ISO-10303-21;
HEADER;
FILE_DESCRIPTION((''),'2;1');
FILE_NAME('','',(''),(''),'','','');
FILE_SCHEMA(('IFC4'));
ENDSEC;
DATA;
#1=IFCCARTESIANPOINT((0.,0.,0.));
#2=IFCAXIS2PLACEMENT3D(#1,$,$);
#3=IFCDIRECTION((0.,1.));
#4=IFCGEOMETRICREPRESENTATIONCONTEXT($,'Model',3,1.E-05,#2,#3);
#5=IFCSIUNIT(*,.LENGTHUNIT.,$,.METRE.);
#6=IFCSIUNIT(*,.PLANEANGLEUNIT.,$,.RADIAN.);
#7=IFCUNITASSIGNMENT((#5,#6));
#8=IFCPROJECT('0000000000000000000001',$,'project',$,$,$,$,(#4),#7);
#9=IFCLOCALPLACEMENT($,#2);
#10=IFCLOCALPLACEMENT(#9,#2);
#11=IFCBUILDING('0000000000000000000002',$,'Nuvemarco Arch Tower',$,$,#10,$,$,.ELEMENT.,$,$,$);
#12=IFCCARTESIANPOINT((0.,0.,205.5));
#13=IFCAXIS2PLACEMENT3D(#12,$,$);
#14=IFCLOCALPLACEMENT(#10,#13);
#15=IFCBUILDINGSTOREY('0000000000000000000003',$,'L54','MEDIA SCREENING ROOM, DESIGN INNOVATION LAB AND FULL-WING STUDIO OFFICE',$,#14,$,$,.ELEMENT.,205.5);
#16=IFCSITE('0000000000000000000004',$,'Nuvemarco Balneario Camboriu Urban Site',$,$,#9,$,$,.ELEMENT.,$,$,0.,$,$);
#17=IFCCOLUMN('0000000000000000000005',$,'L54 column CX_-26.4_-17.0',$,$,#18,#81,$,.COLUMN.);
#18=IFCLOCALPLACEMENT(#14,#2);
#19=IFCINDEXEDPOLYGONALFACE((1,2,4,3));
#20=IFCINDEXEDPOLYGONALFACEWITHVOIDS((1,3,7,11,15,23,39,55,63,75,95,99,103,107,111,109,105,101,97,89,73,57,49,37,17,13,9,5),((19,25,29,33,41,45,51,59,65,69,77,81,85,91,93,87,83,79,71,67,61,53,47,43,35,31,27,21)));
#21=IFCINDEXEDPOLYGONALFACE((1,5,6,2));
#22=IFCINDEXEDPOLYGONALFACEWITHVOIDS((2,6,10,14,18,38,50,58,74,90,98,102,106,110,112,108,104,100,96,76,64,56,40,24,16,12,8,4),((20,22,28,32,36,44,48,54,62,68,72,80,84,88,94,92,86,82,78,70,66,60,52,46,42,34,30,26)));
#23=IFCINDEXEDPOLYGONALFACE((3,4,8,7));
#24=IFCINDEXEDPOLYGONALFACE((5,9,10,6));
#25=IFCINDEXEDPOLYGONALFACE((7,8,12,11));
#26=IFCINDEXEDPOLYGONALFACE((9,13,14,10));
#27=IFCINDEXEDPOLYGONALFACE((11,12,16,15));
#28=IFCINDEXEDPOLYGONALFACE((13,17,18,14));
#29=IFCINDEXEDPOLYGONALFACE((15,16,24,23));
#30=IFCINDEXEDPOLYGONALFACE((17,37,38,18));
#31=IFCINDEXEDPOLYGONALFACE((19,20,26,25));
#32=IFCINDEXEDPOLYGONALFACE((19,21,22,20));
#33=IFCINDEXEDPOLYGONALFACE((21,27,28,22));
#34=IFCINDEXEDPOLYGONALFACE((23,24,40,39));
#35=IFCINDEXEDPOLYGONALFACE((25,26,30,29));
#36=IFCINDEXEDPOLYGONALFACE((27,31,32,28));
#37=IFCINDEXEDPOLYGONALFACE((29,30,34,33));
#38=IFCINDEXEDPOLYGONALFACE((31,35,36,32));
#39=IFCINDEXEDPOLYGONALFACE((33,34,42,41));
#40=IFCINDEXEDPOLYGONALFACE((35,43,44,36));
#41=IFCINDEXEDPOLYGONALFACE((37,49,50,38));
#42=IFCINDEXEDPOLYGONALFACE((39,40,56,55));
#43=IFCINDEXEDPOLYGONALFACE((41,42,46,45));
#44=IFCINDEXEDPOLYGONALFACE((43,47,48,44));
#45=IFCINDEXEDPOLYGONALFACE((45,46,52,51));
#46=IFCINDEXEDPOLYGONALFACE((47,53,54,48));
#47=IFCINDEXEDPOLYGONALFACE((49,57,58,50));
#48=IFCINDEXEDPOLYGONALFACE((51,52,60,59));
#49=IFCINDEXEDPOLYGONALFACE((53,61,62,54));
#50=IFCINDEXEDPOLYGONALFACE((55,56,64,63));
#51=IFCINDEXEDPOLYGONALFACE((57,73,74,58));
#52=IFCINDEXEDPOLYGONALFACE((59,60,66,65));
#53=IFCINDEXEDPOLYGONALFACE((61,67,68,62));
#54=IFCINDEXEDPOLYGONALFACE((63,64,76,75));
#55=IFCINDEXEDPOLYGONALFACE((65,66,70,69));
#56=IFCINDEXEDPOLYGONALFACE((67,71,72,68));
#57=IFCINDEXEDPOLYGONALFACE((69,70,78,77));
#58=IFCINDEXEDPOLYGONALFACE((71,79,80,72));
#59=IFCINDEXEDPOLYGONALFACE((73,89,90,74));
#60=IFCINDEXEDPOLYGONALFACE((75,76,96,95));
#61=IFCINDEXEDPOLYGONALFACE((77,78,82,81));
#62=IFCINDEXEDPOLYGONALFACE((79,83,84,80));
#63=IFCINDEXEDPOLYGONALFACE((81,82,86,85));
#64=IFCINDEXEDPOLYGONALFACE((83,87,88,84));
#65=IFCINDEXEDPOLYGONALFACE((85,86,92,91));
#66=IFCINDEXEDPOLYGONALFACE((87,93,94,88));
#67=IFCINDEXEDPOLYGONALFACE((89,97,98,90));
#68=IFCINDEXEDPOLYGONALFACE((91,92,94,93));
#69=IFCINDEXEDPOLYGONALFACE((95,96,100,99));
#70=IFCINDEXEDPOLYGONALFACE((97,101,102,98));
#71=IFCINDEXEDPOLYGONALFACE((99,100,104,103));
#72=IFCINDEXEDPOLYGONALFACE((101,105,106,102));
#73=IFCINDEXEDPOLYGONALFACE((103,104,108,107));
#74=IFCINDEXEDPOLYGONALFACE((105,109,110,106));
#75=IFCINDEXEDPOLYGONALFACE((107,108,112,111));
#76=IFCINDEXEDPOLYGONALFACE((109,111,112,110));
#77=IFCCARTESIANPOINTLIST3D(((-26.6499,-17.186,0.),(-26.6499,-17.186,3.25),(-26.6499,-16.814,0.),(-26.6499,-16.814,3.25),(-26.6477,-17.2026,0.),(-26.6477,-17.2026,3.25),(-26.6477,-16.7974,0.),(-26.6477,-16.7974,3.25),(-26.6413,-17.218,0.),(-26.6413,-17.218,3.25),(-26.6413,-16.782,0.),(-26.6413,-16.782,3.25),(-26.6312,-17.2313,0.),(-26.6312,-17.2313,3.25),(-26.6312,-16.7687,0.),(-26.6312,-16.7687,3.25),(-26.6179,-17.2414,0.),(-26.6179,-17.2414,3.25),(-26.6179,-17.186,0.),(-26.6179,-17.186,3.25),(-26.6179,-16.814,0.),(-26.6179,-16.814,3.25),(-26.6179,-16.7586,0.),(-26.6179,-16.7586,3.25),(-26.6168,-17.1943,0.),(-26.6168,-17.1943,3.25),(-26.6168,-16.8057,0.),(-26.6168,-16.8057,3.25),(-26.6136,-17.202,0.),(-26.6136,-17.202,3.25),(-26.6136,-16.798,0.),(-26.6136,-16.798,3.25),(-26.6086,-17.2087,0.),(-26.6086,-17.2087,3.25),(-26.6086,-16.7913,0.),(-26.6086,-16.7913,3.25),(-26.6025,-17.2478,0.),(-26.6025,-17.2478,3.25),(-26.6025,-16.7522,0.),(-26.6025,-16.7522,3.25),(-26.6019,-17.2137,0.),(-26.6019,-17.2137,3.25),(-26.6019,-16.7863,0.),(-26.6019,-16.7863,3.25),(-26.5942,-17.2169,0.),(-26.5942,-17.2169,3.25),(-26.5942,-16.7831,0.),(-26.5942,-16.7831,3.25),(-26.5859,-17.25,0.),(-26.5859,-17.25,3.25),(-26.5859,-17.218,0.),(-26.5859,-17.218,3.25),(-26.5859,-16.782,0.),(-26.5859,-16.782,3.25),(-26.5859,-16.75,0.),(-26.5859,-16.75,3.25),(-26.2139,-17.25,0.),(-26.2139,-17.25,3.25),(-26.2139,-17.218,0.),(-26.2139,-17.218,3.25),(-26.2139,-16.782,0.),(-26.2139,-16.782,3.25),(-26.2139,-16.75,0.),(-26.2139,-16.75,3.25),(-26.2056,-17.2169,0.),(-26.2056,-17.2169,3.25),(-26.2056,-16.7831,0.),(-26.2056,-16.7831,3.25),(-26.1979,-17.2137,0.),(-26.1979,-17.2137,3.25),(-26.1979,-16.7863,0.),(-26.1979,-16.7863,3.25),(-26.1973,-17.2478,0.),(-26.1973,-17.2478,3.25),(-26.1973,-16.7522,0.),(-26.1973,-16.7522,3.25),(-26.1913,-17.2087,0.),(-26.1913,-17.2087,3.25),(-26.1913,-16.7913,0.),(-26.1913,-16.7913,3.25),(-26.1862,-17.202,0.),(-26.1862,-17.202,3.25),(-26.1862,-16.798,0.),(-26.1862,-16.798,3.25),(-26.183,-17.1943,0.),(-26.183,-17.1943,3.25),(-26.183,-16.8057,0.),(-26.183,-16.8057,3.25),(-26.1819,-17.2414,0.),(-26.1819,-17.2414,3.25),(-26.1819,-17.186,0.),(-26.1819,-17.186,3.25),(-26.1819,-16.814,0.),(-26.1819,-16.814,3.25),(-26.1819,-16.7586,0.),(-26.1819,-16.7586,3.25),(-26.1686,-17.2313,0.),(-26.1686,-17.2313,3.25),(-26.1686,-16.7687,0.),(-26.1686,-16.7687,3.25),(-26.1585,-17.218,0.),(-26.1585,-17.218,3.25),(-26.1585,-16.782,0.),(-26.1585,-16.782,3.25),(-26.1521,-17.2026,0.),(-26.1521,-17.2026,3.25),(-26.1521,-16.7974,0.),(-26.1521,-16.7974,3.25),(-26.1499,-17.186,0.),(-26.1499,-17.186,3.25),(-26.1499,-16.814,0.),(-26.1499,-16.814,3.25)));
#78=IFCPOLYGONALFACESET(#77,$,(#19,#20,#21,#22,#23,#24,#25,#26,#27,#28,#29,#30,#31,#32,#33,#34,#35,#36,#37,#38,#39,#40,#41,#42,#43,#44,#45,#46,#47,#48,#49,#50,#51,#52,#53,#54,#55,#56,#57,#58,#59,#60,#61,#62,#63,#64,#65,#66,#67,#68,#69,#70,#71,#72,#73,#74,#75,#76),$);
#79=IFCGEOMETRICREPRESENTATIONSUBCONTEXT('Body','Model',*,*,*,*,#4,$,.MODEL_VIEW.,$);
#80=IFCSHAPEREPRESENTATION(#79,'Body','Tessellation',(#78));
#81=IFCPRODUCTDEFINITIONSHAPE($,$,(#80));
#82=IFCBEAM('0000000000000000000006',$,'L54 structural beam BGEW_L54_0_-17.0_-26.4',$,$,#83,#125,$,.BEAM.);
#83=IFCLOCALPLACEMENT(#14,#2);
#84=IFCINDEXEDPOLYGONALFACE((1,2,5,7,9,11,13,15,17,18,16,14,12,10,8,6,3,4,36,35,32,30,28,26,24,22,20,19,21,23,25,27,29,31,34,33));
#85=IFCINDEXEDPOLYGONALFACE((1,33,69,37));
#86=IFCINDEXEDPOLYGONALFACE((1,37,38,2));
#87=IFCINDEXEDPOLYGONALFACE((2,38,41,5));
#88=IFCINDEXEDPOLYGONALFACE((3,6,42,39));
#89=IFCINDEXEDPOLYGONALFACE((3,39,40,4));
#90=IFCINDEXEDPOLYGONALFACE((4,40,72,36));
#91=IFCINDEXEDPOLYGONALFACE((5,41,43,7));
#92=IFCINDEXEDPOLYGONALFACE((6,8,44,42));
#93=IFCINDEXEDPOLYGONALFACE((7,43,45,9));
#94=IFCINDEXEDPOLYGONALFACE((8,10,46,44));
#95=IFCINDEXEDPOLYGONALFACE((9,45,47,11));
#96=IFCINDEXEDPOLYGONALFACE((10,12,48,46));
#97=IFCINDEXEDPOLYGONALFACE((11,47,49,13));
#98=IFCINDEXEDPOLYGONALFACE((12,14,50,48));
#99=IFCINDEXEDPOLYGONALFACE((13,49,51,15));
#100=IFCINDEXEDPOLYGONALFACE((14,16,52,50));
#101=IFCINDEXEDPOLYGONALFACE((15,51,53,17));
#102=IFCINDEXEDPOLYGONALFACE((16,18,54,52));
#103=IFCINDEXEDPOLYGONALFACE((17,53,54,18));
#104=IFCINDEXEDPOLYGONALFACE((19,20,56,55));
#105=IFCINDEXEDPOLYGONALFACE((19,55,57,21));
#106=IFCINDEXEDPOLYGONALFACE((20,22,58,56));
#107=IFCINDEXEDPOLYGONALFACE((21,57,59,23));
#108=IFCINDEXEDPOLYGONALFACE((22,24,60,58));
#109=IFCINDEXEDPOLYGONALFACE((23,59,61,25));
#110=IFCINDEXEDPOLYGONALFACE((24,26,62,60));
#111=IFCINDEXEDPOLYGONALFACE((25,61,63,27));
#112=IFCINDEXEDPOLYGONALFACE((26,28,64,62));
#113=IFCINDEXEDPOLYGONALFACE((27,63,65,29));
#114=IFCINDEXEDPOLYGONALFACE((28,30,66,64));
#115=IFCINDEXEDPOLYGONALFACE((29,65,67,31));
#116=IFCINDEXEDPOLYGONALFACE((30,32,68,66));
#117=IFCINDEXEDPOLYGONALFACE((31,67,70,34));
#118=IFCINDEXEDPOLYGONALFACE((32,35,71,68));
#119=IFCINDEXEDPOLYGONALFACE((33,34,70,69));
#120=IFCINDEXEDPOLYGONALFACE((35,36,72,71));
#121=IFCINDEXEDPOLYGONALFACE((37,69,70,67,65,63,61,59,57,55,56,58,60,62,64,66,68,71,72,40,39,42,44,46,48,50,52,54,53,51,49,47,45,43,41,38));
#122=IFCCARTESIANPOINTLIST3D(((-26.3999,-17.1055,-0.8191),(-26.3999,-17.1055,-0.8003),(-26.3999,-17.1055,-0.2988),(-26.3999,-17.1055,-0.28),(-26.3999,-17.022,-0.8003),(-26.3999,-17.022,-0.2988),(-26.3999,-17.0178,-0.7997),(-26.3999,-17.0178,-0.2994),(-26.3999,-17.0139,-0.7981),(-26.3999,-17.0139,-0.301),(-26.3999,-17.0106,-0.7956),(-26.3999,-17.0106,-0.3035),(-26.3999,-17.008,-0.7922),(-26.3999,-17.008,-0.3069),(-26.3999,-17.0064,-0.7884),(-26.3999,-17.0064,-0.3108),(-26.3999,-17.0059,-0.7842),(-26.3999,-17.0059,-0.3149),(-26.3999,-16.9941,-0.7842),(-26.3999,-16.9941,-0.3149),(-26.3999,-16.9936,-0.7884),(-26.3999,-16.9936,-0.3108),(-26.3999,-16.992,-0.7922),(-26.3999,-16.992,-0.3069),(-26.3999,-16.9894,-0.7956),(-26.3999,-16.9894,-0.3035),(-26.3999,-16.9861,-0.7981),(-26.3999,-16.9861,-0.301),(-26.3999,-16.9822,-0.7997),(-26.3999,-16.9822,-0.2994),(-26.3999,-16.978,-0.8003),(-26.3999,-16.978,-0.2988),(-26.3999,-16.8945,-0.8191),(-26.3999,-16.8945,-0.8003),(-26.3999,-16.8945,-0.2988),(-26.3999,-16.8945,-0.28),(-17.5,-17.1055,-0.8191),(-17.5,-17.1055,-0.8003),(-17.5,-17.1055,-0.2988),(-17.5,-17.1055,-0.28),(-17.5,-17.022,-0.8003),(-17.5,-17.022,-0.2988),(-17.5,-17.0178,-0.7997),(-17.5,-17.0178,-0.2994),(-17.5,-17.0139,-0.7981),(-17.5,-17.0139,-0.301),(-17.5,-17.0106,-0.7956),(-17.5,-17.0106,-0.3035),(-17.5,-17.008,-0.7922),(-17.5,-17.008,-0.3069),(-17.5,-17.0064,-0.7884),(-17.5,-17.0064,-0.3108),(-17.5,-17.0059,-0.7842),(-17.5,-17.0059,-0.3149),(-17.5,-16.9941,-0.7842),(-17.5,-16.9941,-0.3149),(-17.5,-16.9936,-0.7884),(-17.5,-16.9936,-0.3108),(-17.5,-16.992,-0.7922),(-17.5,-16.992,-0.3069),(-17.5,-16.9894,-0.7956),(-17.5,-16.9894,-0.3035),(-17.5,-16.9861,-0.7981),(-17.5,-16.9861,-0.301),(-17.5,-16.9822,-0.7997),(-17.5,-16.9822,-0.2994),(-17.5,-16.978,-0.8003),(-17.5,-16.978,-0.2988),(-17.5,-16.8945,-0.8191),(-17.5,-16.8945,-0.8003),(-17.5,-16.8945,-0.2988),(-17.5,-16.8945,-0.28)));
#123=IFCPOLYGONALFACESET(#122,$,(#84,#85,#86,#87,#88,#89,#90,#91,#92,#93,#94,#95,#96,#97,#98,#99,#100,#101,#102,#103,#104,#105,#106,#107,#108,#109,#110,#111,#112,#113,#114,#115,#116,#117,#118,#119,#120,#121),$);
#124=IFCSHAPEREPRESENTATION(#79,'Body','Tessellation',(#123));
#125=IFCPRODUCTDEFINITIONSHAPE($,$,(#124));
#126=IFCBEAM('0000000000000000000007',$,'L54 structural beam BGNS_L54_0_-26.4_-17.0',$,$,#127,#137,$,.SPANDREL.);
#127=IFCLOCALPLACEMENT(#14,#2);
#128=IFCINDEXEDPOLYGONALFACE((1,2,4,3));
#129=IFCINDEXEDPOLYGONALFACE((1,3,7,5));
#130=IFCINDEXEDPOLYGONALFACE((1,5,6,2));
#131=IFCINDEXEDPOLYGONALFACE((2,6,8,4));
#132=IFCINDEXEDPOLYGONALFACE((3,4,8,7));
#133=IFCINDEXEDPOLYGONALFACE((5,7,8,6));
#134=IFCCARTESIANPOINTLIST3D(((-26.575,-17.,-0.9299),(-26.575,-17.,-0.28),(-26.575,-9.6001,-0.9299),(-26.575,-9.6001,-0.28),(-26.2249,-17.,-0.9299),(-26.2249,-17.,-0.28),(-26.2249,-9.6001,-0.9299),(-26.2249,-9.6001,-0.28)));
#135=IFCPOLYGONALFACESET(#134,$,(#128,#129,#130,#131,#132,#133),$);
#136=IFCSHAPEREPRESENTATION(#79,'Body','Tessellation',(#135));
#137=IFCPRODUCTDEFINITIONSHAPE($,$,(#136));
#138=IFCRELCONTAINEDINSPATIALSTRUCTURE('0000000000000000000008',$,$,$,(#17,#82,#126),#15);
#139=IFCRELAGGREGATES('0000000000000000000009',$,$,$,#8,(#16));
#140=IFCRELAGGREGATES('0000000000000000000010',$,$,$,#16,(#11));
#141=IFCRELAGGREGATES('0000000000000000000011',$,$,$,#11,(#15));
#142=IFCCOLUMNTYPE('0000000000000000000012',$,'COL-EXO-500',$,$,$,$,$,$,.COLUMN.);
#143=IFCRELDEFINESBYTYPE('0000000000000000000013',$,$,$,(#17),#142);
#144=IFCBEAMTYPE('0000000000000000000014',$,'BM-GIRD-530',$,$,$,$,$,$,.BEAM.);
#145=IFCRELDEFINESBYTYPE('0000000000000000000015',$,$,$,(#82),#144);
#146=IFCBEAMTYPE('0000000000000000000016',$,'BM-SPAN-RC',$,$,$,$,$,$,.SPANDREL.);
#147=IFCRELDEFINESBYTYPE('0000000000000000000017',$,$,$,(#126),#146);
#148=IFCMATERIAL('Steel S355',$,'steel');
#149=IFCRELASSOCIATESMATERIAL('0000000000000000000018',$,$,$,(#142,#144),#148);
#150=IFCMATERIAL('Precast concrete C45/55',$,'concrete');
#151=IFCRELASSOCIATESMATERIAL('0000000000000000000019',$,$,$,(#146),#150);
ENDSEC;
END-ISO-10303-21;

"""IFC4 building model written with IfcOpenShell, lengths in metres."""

from ifc_helpers import new_model, si_unit, direction, frame, origin, origin_2d, place, context, subcontext, project, spatial, rectangle, hollow_rectangle, i_section, extrude, material, material_profile, profile_set, type_object, element, save


model = new_model("IFC4")

# Units and contexts
model_context = context("Model", 3, precision=1e-05, world=origin(), true_north=direction((0.0, 1.0)))
body_context = subcontext(model_context, "Body", "Model", "MODEL_VIEW")
ifc_project = project(units=[si_unit("LENGTHUNIT", "METRE"), si_unit("PLANEANGLEUNIT", "RADIAN")], contexts=[model_context])

# Site, building, storey
site_placement = place(None, origin())
site = spatial("IfcSite", under=ifc_project, at=site_placement, Name="Nuvemarco Balneario Camboriu Urban Site", CompositionType="ELEMENT", RefElevation=0.0)
building_placement = place(site_placement, origin())
building = spatial("IfcBuilding", under=site, at=building_placement, Name="Nuvemarco Arch Tower", CompositionType="ELEMENT")
storey_placement = place(building_placement, frame((0.0, 0.0, 205.5)))
storey = spatial("IfcBuildingStorey", under=building, at=storey_placement, Name="L54", Description="MEDIA SCREENING ROOM, DESIGN INNOVATION LAB AND FULL-WING STUDIO OFFICE", CompositionType="ELEMENT", Elevation=205.5)

# Column
ifc_material_1 = material(Name="Steel S355", Category="steel")
ifc_material_profile_1 = material_profile(ifc_material_1, hollow_rectangle(XDim=0.5, YDim=0.5, WallThickness=0.032, InnerFilletRadius=0.032, OuterFilletRadius=0.064, at=origin_2d()), Name="SHS500x500x32")
ifc_profile_set_1 = profile_set([ifc_material_profile_1], Name="Steel S355")
column_type = type_object("IfcColumnType", Name="COL-EXO-500", PredefinedType="COLUMN", material=ifc_profile_set_1)
column_placement = place(storey_placement, frame((-26.3999, -17.0, 0.0), z_axis=(0.0, 0.0, 1.0), x_axis=(1.0, 0.0, 0.0)))
element("IfcColumn", 1, at=column_placement, inside=storey, type_object=column_type, Name="L54 column CX_-26.4_-17.0", PredefinedType="COLUMN", context=body_context, shape_type="SweptSolid", body=[
    extrude(hollow_rectangle(XDim=0.5, YDim=0.5, WallThickness=0.032, InnerFilletRadius=0.032, OuterFilletRadius=0.064, at=origin_2d()), origin(), (0.0, 0.0, 1.0), 3.25),
])

# Beams
ifc_material_profile_2 = material_profile(ifc_material_1, i_section(OverallWidth=0.2109, OverallDepth=0.5391, WebThickness=0.0117, FlangeThickness=0.0188, FilletRadius=0.0161, at=origin_2d()), Name="W530x109")
ifc_profile_set_2 = profile_set([ifc_material_profile_2], Name="Steel S355")
beam_type_1 = type_object("IfcBeamType", Name="BM-GIRD-530", PredefinedType="BEAM", material=ifc_profile_set_2)
beam_1_placement = place(storey_placement, frame((-26.3999, -17.0, -0.5496), z_axis=(1.0, 0.0, 0.0), x_axis=(0.0, 1.0, 0.0)))
element("IfcBeam", 2, at=beam_1_placement, inside=storey, type_object=beam_type_1, Name="L54 structural beam BGEW_L54_0_-17.0_-26.4", PredefinedType="BEAM", context=body_context, shape_type="SweptSolid", body=[
    extrude(i_section(OverallWidth=0.2109, OverallDepth=0.5391, WebThickness=0.0117, FlangeThickness=0.0188, FilletRadius=0.0161, at=origin_2d()), origin(), (0.0, 0.0, 1.0), 8.8999),
])
ifc_material_2 = material(Name="Precast concrete C45/55", Category="concrete")
ifc_material_profile_3 = material_profile(ifc_material_2, rectangle(XDim=0.3501, YDim=0.6499, at=origin_2d()), Name="PC-SP-350x650")
ifc_profile_set_3 = profile_set([ifc_material_profile_3], Name="Precast concrete C45/55")
beam_type_2 = type_object("IfcBeamType", Name="BM-SPAN-RC", PredefinedType="SPANDREL", material=ifc_profile_set_3)
beam_2_placement = place(storey_placement, frame((-26.3999, -17.0, -0.605), z_axis=(0.0, 1.0, 0.0), x_axis=(-1.0, 0.0, 0.0)))
element("IfcBeam", 3, at=beam_2_placement, inside=storey, type_object=beam_type_2, Name="L54 structural beam BGNS_L54_0_-26.4_-17.0", PredefinedType="SPANDREL", context=body_context, shape_type="SweptSolid", body=[
    extrude(rectangle(XDim=0.3501, YDim=0.6499, at=origin_2d()), origin(), (0.0, 0.0, 1.0), 7.3999),
])

save(model, "model.ifc")
